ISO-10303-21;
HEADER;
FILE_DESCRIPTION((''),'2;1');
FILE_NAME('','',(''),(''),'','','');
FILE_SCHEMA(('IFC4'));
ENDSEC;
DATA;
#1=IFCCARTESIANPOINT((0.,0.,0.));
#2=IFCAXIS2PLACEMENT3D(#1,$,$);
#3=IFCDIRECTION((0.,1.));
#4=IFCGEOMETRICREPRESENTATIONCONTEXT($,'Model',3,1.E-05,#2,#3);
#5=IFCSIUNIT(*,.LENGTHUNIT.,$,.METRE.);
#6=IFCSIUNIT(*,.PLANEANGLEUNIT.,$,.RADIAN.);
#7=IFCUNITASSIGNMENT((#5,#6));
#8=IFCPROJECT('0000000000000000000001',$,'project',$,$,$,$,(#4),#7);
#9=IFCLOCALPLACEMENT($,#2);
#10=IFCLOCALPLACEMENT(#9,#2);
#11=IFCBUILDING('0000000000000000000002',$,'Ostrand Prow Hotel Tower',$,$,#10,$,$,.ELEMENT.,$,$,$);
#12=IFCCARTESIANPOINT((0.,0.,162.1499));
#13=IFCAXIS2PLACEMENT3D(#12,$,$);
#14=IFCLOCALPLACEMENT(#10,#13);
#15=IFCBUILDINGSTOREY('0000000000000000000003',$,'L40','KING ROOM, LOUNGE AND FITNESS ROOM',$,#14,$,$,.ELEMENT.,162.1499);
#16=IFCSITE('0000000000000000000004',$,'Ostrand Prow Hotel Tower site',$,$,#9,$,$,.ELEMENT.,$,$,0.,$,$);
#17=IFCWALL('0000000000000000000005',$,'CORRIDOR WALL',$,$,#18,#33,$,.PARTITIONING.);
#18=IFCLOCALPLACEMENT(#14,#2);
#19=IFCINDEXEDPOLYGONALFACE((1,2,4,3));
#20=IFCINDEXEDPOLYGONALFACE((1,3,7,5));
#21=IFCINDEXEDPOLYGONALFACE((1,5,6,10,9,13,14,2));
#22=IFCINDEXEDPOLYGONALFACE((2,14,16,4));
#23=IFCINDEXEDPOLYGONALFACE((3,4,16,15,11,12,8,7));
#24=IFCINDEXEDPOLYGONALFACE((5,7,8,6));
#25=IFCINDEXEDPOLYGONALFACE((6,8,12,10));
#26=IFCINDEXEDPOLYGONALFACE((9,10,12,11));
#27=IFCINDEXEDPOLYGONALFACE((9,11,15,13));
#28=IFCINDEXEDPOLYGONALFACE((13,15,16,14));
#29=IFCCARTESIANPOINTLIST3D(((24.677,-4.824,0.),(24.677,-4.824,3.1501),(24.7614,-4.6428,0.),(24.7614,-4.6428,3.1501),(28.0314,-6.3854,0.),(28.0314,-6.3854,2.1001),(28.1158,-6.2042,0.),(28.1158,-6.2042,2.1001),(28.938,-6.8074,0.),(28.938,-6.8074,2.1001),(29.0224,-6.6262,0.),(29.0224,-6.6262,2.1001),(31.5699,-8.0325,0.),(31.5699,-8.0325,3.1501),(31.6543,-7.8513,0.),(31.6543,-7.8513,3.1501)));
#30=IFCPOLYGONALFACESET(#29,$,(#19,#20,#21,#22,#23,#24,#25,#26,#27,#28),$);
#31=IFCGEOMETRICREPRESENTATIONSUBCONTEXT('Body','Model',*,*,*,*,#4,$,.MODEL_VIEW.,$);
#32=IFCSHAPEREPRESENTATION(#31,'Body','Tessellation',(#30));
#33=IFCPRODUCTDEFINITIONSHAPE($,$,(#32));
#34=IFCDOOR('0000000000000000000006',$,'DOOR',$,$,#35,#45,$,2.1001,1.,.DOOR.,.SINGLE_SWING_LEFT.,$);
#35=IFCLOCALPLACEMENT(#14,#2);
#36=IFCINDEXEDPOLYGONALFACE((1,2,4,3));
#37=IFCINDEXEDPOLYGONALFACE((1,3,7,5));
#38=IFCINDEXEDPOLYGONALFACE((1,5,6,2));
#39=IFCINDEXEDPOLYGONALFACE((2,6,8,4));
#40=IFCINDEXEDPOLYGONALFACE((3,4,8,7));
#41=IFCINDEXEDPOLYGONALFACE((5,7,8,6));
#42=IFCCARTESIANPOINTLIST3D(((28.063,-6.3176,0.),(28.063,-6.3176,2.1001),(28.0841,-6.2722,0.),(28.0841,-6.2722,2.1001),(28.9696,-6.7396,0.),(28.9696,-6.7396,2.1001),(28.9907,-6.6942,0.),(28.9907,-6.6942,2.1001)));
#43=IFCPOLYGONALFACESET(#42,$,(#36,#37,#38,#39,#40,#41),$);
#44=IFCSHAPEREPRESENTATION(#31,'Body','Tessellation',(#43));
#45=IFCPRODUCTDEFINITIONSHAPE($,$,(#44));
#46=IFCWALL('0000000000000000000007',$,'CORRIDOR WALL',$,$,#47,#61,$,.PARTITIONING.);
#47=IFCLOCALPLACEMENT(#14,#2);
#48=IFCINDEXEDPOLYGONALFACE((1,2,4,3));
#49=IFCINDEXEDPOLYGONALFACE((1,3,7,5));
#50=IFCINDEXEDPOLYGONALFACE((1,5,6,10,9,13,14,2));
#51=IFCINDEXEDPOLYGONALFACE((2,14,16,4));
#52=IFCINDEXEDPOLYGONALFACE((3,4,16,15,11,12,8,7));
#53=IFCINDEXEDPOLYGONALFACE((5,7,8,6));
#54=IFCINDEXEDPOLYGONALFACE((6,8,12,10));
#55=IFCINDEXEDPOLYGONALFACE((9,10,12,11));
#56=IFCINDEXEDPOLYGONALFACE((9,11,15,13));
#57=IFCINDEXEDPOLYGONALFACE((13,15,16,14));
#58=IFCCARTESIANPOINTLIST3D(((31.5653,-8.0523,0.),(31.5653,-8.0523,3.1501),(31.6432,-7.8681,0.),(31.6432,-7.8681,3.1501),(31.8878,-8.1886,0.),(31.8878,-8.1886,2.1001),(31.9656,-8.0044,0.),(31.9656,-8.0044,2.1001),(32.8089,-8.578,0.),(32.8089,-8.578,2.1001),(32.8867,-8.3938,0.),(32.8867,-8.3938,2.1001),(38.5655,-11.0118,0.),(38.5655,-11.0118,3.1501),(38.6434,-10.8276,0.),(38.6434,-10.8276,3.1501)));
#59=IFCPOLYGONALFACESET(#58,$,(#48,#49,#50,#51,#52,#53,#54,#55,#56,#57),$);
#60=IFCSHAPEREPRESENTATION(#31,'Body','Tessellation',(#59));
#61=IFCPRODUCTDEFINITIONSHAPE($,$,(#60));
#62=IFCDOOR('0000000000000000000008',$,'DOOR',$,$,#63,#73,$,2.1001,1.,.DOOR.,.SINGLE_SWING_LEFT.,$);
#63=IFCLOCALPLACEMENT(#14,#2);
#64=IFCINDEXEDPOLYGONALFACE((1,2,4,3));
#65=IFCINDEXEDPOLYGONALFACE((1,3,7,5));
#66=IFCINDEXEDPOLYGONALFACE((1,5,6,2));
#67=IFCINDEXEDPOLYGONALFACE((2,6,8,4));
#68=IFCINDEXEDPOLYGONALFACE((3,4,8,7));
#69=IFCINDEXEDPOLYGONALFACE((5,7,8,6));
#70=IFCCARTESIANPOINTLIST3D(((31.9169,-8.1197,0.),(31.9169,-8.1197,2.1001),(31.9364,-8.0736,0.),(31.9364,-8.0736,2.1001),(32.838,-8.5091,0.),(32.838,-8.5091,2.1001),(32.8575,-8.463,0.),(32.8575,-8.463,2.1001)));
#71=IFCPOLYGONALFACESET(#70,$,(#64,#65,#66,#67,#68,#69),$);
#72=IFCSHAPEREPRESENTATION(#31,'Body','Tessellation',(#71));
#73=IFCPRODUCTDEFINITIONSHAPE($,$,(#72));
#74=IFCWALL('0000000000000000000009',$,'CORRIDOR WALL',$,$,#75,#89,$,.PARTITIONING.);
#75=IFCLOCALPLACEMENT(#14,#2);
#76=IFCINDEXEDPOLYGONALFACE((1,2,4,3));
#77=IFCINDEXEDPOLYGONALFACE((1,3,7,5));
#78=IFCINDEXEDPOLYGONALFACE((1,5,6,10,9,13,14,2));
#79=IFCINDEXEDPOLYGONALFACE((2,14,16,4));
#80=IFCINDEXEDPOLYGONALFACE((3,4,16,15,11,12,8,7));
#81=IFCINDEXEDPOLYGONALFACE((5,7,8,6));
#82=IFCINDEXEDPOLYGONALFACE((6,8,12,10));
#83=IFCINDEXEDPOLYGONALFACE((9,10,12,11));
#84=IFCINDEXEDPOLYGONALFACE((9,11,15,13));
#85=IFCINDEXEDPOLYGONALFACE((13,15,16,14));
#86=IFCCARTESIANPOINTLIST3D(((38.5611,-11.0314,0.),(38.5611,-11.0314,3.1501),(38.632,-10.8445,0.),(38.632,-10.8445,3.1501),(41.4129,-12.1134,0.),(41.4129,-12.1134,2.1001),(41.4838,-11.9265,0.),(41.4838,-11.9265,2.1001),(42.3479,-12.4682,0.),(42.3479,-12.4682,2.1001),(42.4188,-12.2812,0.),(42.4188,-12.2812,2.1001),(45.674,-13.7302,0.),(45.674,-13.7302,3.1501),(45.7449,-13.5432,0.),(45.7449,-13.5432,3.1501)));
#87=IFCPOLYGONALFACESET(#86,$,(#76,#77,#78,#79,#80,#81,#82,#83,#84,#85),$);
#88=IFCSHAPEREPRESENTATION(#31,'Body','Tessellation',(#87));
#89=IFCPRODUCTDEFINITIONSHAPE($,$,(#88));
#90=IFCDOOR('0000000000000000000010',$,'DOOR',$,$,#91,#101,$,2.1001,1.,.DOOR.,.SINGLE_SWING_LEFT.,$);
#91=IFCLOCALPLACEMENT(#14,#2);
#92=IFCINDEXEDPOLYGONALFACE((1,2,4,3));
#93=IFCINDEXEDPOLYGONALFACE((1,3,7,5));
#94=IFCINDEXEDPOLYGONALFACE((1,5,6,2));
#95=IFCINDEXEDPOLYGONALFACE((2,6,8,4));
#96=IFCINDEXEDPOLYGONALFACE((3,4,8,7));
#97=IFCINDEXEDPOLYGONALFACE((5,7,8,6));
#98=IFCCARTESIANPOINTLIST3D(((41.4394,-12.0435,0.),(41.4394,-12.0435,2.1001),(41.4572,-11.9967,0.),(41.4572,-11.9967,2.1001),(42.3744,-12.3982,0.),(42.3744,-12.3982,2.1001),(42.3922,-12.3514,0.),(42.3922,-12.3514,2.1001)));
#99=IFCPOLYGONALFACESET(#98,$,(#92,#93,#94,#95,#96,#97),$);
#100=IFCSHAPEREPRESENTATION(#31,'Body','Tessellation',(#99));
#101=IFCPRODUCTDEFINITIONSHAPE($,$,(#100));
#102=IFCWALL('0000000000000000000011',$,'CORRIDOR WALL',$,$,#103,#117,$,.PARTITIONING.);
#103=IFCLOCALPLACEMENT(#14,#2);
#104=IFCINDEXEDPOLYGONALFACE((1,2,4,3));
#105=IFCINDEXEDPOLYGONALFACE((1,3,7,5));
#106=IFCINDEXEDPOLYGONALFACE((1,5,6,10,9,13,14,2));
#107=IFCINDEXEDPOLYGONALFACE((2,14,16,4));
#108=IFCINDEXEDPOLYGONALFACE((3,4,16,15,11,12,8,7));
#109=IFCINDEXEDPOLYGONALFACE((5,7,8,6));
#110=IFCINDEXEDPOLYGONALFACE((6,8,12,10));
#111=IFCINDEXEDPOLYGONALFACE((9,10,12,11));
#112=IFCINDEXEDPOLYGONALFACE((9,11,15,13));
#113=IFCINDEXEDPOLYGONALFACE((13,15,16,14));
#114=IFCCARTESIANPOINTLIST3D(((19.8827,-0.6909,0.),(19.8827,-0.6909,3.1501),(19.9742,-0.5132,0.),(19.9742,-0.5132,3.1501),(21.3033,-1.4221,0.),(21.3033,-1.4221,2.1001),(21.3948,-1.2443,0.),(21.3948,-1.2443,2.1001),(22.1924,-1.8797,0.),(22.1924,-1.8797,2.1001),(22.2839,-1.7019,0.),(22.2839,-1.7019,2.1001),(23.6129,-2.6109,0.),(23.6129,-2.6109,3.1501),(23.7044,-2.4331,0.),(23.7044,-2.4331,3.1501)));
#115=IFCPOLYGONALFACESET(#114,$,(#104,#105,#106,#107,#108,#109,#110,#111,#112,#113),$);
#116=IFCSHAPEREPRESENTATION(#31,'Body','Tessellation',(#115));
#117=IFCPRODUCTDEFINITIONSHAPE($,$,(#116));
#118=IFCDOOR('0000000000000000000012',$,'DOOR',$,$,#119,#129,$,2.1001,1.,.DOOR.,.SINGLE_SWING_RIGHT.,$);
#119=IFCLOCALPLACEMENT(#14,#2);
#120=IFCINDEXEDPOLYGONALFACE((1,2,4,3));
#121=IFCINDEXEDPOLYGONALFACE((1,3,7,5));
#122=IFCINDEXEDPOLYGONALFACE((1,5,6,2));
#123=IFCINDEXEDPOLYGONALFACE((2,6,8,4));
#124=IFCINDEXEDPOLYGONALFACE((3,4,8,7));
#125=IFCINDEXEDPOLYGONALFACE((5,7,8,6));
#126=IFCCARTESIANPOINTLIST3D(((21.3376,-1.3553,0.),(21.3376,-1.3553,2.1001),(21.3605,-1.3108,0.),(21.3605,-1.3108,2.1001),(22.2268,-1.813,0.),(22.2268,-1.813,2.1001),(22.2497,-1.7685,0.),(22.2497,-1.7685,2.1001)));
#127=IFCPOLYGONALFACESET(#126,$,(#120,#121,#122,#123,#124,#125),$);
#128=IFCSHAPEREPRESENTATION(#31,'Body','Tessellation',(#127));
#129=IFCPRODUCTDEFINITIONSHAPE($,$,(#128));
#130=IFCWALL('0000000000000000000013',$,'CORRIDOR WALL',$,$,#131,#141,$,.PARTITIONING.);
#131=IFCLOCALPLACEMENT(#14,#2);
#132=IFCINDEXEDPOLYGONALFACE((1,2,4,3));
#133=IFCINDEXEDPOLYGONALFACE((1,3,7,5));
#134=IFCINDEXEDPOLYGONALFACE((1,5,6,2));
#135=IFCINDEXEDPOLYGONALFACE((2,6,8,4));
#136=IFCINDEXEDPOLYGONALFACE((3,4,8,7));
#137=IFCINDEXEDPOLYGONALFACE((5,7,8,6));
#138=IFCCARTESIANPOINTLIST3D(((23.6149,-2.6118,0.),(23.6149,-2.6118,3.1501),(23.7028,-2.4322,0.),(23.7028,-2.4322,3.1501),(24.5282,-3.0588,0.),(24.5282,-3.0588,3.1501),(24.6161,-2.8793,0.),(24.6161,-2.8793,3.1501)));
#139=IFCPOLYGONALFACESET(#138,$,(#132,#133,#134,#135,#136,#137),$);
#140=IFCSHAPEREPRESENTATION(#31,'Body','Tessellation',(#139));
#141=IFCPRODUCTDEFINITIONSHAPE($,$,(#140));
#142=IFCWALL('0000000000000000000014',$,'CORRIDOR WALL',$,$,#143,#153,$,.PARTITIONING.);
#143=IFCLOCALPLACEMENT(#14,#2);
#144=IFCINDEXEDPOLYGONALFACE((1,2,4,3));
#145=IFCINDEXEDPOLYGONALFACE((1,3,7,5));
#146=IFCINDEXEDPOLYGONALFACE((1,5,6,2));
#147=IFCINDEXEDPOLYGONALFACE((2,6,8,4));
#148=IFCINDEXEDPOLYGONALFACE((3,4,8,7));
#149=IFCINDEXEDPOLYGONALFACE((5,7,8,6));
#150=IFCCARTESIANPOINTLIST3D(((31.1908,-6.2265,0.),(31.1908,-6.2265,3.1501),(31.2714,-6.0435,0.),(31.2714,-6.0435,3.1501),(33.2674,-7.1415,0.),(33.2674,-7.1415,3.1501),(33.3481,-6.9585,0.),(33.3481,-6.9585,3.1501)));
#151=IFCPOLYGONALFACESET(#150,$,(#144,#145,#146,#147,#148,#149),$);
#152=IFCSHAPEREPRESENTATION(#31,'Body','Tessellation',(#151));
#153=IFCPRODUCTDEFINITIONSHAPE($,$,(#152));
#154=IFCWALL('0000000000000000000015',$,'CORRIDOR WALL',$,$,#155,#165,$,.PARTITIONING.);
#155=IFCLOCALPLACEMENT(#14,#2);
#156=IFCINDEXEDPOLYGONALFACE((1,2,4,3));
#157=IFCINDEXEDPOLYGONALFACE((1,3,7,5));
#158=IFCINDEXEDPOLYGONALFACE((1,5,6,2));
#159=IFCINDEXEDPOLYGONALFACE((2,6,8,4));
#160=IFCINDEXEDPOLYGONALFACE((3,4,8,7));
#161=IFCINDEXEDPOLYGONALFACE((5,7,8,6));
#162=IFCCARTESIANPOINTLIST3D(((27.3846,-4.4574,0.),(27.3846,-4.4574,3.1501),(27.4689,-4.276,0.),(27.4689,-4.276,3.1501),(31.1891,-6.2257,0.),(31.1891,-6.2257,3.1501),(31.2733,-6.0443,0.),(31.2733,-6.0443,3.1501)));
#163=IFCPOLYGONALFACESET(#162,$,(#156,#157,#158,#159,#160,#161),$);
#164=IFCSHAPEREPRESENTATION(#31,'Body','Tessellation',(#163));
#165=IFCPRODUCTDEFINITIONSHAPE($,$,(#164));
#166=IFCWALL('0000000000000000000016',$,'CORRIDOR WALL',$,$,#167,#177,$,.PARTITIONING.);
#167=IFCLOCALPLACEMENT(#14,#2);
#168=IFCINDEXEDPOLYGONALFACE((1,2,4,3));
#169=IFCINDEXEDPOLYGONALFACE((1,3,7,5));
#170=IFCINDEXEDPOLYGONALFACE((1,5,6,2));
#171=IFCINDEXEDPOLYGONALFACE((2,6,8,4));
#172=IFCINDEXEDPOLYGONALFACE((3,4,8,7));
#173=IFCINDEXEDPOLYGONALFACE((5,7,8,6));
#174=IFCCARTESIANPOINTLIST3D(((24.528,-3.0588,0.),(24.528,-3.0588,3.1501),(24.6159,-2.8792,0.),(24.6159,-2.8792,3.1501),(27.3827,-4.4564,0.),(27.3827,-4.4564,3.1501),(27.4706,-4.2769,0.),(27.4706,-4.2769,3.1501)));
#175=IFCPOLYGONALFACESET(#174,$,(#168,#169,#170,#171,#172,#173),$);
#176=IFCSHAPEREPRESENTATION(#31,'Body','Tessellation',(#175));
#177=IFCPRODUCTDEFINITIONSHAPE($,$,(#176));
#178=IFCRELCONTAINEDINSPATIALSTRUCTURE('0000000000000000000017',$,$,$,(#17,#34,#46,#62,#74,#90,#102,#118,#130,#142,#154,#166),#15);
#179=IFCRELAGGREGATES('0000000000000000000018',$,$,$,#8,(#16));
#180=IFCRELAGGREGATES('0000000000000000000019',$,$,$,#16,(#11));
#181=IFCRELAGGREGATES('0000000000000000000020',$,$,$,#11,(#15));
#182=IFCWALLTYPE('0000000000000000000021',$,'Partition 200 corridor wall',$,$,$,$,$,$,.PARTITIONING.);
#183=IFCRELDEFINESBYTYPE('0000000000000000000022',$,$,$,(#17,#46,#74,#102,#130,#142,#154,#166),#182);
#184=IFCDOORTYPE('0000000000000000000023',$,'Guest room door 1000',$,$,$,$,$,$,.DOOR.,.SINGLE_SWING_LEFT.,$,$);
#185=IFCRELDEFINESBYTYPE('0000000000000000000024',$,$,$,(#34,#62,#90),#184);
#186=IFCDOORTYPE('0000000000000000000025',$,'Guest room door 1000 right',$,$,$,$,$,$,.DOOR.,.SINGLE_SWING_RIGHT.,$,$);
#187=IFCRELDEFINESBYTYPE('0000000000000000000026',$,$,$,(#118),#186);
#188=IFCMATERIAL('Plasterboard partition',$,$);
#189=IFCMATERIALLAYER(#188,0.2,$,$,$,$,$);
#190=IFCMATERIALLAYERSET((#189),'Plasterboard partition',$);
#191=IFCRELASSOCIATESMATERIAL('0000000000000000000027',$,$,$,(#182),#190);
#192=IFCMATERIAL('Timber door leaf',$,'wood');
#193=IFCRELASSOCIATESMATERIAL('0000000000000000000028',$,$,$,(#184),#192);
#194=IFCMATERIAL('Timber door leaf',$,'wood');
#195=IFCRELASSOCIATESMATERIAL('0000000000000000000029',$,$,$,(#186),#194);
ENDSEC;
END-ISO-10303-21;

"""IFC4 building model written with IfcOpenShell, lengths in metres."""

from ifc_helpers import new_model, si_unit, direction, frame, frame_2d, origin, place, context, subcontext, project, spatial, rectangle, extrude, material, layer, layer_set, type_object, element, fill, save


model = new_model("IFC4")

# Units and contexts
model_context = context("Model", 3, precision=1e-05, world=origin(), true_north=direction((0.0, 1.0)))
body_context = subcontext(model_context, "Body", "Model", "MODEL_VIEW")
ifc_project = project(units=[si_unit("LENGTHUNIT", "METRE"), si_unit("PLANEANGLEUNIT", "RADIAN")], contexts=[model_context])

# Site, building, storey
site_placement = place(None, origin())
site = spatial("IfcSite", under=ifc_project, at=site_placement, Name="Ostrand Prow Hotel Tower site", CompositionType="ELEMENT", RefElevation=0.0)
building_placement = place(site_placement, origin())
building = spatial("IfcBuilding", under=site, at=building_placement, Name="Ostrand Prow Hotel Tower", CompositionType="ELEMENT")
storey_placement = place(building_placement, frame((0.0, 0.0, 162.1499)))
storey = spatial("IfcBuildingStorey", under=building, at=storey_placement, Name="L40", Description="KING ROOM, LOUNGE AND FITNESS ROOM", CompositionType="ELEMENT", Elevation=162.1499)

# Walls, openings, doors
ifc_material_1 = material(Name="Plasterboard partition")
ifc_layer_1 = layer(ifc_material_1, 0.2)
ifc_layer_set_1 = layer_set([ifc_layer_1], Name="Plasterboard partition")
wall_type_1 = type_object("IfcWallType", Name="Partition 200 corridor wall", PredefinedType="PARTITIONING", material=ifc_layer_set_1)
wall_1_placement = place(storey_placement, frame((24.7192, -4.7334, 0.0), z_axis=(0.0, 0.0, 1.0), x_axis=(0.906594, -0.422005, 0.0)))
wall_1 = element("IfcWall", 1, at=wall_1_placement, inside=storey, type_object=wall_type_1, Name="CORRIDOR WALL", PredefinedType="PARTITIONING", context=body_context, shape_type="SweptSolid", body=[
    extrude(rectangle(XDim=7.603, YDim=0.2, at=frame_2d((3.8015, 0.0))), origin(), (0.0, 0.0, 1.0), 3.1501),
])
opening_1_placement = place(wall_1_placement, frame((3.7, 0.0, 0.0)))
opening_1 = element("IfcOpeningElement", 2, at=opening_1_placement, cuts=wall_1, PredefinedType="OPENING", context=body_context, shape_type="SweptSolid", body=[
    extrude(rectangle(XDim=1.0, YDim=2.1001, at=frame_2d((0.5, 1.05))), frame((0.0, 0.1099, 0.0), z_axis=(0.0, -1.0, 0.0), x_axis=(1.0, 0.0, 0.0)), (0.0, 0.0, 1.0), 0.22),
])
ifc_material_2 = material(Name="Timber door leaf", Category="wood")
door_type_1 = type_object("IfcDoorType", Name="Guest room door 1000", OperationType="SINGLE_SWING_LEFT", PredefinedType="DOOR", material=ifc_material_2)
door_1_placement = place(opening_1_placement, origin())
door_1 = element("IfcDoor", 3, at=door_1_placement, inside=storey, type_object=door_type_1, Name="DOOR", OperationType="SINGLE_SWING_LEFT", OverallHeight=2.1001, OverallWidth=1.0, PredefinedType="DOOR", context=body_context, shape_type="SweptSolid", body=[
    extrude(rectangle(XDim=1.0, YDim=2.1001, at=frame_2d((0.5, 1.05))), frame((0.0, 0.0249, 0.0), z_axis=(0.0, -1.0, 0.0), x_axis=(1.0, 0.0, 0.0)), (0.0, 0.0, 1.0), 0.05),
])
fill(opening_1, door_1)
wall_2_placement = place(storey_placement, frame((31.6042, -7.9602, 0.0), z_axis=(0.0, 0.0, 1.0), x_axis=(0.92107, -0.389398, 0.0)))
wall_2 = element("IfcWall", 4, at=wall_2_placement, inside=storey, type_object=wall_type_1, Name="CORRIDOR WALL", PredefinedType="PARTITIONING", context=body_context, shape_type="SweptSolid", body=[
    extrude(rectangle(XDim=7.6001, YDim=0.2, at=frame_2d((3.8, 0.0))), origin(), (0.0, 0.0, 1.0), 3.1501),
])
opening_2_placement = place(wall_2_placement, frame((0.3501, 0.0, 0.0)))
opening_2 = element("IfcOpeningElement", 5, at=opening_2_placement, cuts=wall_2, PredefinedType="OPENING", context=body_context, shape_type="SweptSolid", body=[
    extrude(rectangle(XDim=1.0, YDim=2.1001, at=frame_2d((0.5, 1.05))), frame((0.0, 0.1099, 0.0), z_axis=(0.0, -1.0, 0.0), x_axis=(1.0, 0.0, 0.0)), (0.0, 0.0, 1.0), 0.22),
])
door_2_placement = place(opening_2_placement, origin())
door_2 = element("IfcDoor", 6, at=door_2_placement, inside=storey, type_object=door_type_1, Name="DOOR", OperationType="SINGLE_SWING_LEFT", OverallHeight=2.1001, OverallWidth=1.0, PredefinedType="DOOR", context=body_context, shape_type="SweptSolid", body=[
    extrude(rectangle(XDim=1.0, YDim=2.1001, at=frame_2d((0.5, 1.05))), frame((0.0, 0.0249, 0.0), z_axis=(0.0, -1.0, 0.0), x_axis=(1.0, 0.0, 0.0)), (0.0, 0.0, 1.0), 0.05),
])
fill(opening_2, door_2)
wall_3_placement = place(storey_placement, frame((38.5967, -10.938, 0.0), z_axis=(0.0, 0.0, 1.0), x_axis=(0.934964, -0.354743, 0.0)))
wall_3 = element("IfcWall", 7, at=wall_3_placement, inside=storey, type_object=wall_type_1, Name="CORRIDOR WALL", PredefinedType="PARTITIONING", context=body_context, shape_type="SweptSolid", body=[
    extrude(rectangle(XDim=7.6077, YDim=0.2, at=frame_2d((3.8037, 0.0))), origin(), (0.0, 0.0, 1.0), 3.1501),
])
opening_3_placement = place(wall_3_placement, frame((3.05, 0.0, 0.0)))
opening_3 = element("IfcOpeningElement", 8, at=opening_3_placement, cuts=wall_3, PredefinedType="OPENING", context=body_context, shape_type="SweptSolid", body=[
    extrude(rectangle(XDim=1.0, YDim=2.1001, at=frame_2d((0.5, 1.05))), frame((0.0, 0.1099, 0.0), z_axis=(0.0, -1.0, 0.0), x_axis=(1.0, 0.0, 0.0)), (0.0, 0.0, 1.0), 0.22),
])
door_3_placement = place(opening_3_placement, origin())
door_3 = element("IfcDoor", 9, at=door_3_placement, inside=storey, type_object=door_type_1, Name="DOOR", OperationType="SINGLE_SWING_LEFT", OverallHeight=2.1001, OverallWidth=1.0, PredefinedType="DOOR", context=body_context, shape_type="SweptSolid", body=[
    extrude(rectangle(XDim=1.0, YDim=2.1001, at=frame_2d((0.5, 1.05))), frame((0.0, 0.0249, 0.0), z_axis=(0.0, -1.0, 0.0), x_axis=(1.0, 0.0, 0.0)), (0.0, 0.0, 1.0), 0.05),
])
fill(opening_3, door_3)
wall_4_placement = place(storey_placement, frame((23.6587, -2.522, 0.0), z_axis=(0.0, 0.0, 1.0), x_axis=(-0.88914, 0.457635, 0.0)))
wall_4 = element("IfcWall", 10, at=wall_4_placement, inside=storey, type_object=wall_type_1, Name="CORRIDOR WALL", PredefinedType="PARTITIONING", context=body_context, shape_type="SweptSolid", body=[
    extrude(rectangle(XDim=4.1953, YDim=0.2, at=frame_2d((2.0977, 0.0))), origin(), (0.0, 0.0, 1.0), 3.1501),
])
opening_4_placement = place(wall_4_placement, frame((1.5977, 0.0, 0.0)))
opening_4 = element("IfcOpeningElement", 11, at=opening_4_placement, cuts=wall_4, PredefinedType="OPENING", context=body_context, shape_type="SweptSolid", body=[
    extrude(rectangle(XDim=1.0, YDim=2.1001, at=frame_2d((0.5, 1.05))), frame((0.0, 0.1099, 0.0), z_axis=(0.0, -1.0, 0.0), x_axis=(1.0, 0.0, 0.0)), (0.0, 0.0, 1.0), 0.22),
])
ifc_material_3 = material(Name="Timber door leaf", Category="wood")
door_type_2 = type_object("IfcDoorType", Name="Guest room door 1000 right", OperationType="SINGLE_SWING_RIGHT", PredefinedType="DOOR", material=ifc_material_3)
door_4_placement = place(opening_4_placement, origin())
door_4 = element("IfcDoor", 12, at=door_4_placement, inside=storey, type_object=door_type_2, Name="DOOR", OperationType="SINGLE_SWING_RIGHT", OverallHeight=2.1001, OverallWidth=1.0, PredefinedType="DOOR", context=body_context, shape_type="SweptSolid", body=[
    extrude(rectangle(XDim=1.0, YDim=2.1001, at=frame_2d((0.5, 1.05))), frame((0.0, 0.0249, 0.0), z_axis=(0.0, -1.0, 0.0), x_axis=(1.0, 0.0, 0.0)), (0.0, 0.0, 1.0), 0.05),
])
fill(opening_4, door_4)

# Walls
wall_5_placement = place(storey_placement, frame((24.572, -2.969, 0.0), z_axis=(0.0, 0.0, 1.0), x_axis=(-0.898188, 0.439611, 0.0)))
element("IfcWall", 13, at=wall_5_placement, inside=storey, type_object=wall_type_1, Name="CORRIDOR WALL", PredefinedType="PARTITIONING", context=body_context, shape_type="SweptSolid", body=[
    extrude(rectangle(XDim=1.0168, YDim=0.2, at=frame_2d((0.5083, 0.0))), origin(), (0.0, 0.0, 1.0), 3.1501),
])
wall_6_placement = place(storey_placement, frame((33.3079, -7.05, 0.0), z_axis=(0.0, 0.0, 1.0), x_axis=(-0.915102, 0.403222, 0.0)))
element("IfcWall", 14, at=wall_6_placement, inside=storey, type_object=wall_type_1, Name="CORRIDOR WALL", PredefinedType="PARTITIONING", context=body_context, shape_type="SweptSolid", body=[
    extrude(rectangle(XDim=2.2693, YDim=0.2, at=frame_2d((1.1348, 0.0))), origin(), (0.0, 0.0, 1.0), 3.1501),
])
wall_7_placement = place(storey_placement, frame((31.2312, -6.135, 0.0), z_axis=(0.0, 0.0, 1.0), x_axis=(-0.90683, 0.421496, 0.0)))
element("IfcWall", 15, at=wall_7_placement, inside=storey, type_object=wall_type_1, Name="CORRIDOR WALL", PredefinedType="PARTITIONING", context=body_context, shape_type="SweptSolid", body=[
    extrude(rectangle(XDim=4.1953, YDim=0.2, at=frame_2d((2.0977, 0.0))), origin(), (0.0, 0.0, 1.0), 3.1501),
])
wall_8_placement = place(storey_placement, frame((27.4268, -4.3667, 0.0), z_axis=(0.0, 0.0, 1.0), x_axis=(-0.898129, 0.439732, 0.0)))
element("IfcWall", 16, at=wall_8_placement, inside=storey, type_object=wall_type_1, Name="CORRIDOR WALL", PredefinedType="PARTITIONING", context=body_context, shape_type="SweptSolid", body=[
    extrude(rectangle(XDim=3.1785, YDim=0.2, at=frame_2d((1.5894, 0.0))), origin(), (0.0, 0.0, 1.0), 3.1501),
])

save(model, "model.ifc")
